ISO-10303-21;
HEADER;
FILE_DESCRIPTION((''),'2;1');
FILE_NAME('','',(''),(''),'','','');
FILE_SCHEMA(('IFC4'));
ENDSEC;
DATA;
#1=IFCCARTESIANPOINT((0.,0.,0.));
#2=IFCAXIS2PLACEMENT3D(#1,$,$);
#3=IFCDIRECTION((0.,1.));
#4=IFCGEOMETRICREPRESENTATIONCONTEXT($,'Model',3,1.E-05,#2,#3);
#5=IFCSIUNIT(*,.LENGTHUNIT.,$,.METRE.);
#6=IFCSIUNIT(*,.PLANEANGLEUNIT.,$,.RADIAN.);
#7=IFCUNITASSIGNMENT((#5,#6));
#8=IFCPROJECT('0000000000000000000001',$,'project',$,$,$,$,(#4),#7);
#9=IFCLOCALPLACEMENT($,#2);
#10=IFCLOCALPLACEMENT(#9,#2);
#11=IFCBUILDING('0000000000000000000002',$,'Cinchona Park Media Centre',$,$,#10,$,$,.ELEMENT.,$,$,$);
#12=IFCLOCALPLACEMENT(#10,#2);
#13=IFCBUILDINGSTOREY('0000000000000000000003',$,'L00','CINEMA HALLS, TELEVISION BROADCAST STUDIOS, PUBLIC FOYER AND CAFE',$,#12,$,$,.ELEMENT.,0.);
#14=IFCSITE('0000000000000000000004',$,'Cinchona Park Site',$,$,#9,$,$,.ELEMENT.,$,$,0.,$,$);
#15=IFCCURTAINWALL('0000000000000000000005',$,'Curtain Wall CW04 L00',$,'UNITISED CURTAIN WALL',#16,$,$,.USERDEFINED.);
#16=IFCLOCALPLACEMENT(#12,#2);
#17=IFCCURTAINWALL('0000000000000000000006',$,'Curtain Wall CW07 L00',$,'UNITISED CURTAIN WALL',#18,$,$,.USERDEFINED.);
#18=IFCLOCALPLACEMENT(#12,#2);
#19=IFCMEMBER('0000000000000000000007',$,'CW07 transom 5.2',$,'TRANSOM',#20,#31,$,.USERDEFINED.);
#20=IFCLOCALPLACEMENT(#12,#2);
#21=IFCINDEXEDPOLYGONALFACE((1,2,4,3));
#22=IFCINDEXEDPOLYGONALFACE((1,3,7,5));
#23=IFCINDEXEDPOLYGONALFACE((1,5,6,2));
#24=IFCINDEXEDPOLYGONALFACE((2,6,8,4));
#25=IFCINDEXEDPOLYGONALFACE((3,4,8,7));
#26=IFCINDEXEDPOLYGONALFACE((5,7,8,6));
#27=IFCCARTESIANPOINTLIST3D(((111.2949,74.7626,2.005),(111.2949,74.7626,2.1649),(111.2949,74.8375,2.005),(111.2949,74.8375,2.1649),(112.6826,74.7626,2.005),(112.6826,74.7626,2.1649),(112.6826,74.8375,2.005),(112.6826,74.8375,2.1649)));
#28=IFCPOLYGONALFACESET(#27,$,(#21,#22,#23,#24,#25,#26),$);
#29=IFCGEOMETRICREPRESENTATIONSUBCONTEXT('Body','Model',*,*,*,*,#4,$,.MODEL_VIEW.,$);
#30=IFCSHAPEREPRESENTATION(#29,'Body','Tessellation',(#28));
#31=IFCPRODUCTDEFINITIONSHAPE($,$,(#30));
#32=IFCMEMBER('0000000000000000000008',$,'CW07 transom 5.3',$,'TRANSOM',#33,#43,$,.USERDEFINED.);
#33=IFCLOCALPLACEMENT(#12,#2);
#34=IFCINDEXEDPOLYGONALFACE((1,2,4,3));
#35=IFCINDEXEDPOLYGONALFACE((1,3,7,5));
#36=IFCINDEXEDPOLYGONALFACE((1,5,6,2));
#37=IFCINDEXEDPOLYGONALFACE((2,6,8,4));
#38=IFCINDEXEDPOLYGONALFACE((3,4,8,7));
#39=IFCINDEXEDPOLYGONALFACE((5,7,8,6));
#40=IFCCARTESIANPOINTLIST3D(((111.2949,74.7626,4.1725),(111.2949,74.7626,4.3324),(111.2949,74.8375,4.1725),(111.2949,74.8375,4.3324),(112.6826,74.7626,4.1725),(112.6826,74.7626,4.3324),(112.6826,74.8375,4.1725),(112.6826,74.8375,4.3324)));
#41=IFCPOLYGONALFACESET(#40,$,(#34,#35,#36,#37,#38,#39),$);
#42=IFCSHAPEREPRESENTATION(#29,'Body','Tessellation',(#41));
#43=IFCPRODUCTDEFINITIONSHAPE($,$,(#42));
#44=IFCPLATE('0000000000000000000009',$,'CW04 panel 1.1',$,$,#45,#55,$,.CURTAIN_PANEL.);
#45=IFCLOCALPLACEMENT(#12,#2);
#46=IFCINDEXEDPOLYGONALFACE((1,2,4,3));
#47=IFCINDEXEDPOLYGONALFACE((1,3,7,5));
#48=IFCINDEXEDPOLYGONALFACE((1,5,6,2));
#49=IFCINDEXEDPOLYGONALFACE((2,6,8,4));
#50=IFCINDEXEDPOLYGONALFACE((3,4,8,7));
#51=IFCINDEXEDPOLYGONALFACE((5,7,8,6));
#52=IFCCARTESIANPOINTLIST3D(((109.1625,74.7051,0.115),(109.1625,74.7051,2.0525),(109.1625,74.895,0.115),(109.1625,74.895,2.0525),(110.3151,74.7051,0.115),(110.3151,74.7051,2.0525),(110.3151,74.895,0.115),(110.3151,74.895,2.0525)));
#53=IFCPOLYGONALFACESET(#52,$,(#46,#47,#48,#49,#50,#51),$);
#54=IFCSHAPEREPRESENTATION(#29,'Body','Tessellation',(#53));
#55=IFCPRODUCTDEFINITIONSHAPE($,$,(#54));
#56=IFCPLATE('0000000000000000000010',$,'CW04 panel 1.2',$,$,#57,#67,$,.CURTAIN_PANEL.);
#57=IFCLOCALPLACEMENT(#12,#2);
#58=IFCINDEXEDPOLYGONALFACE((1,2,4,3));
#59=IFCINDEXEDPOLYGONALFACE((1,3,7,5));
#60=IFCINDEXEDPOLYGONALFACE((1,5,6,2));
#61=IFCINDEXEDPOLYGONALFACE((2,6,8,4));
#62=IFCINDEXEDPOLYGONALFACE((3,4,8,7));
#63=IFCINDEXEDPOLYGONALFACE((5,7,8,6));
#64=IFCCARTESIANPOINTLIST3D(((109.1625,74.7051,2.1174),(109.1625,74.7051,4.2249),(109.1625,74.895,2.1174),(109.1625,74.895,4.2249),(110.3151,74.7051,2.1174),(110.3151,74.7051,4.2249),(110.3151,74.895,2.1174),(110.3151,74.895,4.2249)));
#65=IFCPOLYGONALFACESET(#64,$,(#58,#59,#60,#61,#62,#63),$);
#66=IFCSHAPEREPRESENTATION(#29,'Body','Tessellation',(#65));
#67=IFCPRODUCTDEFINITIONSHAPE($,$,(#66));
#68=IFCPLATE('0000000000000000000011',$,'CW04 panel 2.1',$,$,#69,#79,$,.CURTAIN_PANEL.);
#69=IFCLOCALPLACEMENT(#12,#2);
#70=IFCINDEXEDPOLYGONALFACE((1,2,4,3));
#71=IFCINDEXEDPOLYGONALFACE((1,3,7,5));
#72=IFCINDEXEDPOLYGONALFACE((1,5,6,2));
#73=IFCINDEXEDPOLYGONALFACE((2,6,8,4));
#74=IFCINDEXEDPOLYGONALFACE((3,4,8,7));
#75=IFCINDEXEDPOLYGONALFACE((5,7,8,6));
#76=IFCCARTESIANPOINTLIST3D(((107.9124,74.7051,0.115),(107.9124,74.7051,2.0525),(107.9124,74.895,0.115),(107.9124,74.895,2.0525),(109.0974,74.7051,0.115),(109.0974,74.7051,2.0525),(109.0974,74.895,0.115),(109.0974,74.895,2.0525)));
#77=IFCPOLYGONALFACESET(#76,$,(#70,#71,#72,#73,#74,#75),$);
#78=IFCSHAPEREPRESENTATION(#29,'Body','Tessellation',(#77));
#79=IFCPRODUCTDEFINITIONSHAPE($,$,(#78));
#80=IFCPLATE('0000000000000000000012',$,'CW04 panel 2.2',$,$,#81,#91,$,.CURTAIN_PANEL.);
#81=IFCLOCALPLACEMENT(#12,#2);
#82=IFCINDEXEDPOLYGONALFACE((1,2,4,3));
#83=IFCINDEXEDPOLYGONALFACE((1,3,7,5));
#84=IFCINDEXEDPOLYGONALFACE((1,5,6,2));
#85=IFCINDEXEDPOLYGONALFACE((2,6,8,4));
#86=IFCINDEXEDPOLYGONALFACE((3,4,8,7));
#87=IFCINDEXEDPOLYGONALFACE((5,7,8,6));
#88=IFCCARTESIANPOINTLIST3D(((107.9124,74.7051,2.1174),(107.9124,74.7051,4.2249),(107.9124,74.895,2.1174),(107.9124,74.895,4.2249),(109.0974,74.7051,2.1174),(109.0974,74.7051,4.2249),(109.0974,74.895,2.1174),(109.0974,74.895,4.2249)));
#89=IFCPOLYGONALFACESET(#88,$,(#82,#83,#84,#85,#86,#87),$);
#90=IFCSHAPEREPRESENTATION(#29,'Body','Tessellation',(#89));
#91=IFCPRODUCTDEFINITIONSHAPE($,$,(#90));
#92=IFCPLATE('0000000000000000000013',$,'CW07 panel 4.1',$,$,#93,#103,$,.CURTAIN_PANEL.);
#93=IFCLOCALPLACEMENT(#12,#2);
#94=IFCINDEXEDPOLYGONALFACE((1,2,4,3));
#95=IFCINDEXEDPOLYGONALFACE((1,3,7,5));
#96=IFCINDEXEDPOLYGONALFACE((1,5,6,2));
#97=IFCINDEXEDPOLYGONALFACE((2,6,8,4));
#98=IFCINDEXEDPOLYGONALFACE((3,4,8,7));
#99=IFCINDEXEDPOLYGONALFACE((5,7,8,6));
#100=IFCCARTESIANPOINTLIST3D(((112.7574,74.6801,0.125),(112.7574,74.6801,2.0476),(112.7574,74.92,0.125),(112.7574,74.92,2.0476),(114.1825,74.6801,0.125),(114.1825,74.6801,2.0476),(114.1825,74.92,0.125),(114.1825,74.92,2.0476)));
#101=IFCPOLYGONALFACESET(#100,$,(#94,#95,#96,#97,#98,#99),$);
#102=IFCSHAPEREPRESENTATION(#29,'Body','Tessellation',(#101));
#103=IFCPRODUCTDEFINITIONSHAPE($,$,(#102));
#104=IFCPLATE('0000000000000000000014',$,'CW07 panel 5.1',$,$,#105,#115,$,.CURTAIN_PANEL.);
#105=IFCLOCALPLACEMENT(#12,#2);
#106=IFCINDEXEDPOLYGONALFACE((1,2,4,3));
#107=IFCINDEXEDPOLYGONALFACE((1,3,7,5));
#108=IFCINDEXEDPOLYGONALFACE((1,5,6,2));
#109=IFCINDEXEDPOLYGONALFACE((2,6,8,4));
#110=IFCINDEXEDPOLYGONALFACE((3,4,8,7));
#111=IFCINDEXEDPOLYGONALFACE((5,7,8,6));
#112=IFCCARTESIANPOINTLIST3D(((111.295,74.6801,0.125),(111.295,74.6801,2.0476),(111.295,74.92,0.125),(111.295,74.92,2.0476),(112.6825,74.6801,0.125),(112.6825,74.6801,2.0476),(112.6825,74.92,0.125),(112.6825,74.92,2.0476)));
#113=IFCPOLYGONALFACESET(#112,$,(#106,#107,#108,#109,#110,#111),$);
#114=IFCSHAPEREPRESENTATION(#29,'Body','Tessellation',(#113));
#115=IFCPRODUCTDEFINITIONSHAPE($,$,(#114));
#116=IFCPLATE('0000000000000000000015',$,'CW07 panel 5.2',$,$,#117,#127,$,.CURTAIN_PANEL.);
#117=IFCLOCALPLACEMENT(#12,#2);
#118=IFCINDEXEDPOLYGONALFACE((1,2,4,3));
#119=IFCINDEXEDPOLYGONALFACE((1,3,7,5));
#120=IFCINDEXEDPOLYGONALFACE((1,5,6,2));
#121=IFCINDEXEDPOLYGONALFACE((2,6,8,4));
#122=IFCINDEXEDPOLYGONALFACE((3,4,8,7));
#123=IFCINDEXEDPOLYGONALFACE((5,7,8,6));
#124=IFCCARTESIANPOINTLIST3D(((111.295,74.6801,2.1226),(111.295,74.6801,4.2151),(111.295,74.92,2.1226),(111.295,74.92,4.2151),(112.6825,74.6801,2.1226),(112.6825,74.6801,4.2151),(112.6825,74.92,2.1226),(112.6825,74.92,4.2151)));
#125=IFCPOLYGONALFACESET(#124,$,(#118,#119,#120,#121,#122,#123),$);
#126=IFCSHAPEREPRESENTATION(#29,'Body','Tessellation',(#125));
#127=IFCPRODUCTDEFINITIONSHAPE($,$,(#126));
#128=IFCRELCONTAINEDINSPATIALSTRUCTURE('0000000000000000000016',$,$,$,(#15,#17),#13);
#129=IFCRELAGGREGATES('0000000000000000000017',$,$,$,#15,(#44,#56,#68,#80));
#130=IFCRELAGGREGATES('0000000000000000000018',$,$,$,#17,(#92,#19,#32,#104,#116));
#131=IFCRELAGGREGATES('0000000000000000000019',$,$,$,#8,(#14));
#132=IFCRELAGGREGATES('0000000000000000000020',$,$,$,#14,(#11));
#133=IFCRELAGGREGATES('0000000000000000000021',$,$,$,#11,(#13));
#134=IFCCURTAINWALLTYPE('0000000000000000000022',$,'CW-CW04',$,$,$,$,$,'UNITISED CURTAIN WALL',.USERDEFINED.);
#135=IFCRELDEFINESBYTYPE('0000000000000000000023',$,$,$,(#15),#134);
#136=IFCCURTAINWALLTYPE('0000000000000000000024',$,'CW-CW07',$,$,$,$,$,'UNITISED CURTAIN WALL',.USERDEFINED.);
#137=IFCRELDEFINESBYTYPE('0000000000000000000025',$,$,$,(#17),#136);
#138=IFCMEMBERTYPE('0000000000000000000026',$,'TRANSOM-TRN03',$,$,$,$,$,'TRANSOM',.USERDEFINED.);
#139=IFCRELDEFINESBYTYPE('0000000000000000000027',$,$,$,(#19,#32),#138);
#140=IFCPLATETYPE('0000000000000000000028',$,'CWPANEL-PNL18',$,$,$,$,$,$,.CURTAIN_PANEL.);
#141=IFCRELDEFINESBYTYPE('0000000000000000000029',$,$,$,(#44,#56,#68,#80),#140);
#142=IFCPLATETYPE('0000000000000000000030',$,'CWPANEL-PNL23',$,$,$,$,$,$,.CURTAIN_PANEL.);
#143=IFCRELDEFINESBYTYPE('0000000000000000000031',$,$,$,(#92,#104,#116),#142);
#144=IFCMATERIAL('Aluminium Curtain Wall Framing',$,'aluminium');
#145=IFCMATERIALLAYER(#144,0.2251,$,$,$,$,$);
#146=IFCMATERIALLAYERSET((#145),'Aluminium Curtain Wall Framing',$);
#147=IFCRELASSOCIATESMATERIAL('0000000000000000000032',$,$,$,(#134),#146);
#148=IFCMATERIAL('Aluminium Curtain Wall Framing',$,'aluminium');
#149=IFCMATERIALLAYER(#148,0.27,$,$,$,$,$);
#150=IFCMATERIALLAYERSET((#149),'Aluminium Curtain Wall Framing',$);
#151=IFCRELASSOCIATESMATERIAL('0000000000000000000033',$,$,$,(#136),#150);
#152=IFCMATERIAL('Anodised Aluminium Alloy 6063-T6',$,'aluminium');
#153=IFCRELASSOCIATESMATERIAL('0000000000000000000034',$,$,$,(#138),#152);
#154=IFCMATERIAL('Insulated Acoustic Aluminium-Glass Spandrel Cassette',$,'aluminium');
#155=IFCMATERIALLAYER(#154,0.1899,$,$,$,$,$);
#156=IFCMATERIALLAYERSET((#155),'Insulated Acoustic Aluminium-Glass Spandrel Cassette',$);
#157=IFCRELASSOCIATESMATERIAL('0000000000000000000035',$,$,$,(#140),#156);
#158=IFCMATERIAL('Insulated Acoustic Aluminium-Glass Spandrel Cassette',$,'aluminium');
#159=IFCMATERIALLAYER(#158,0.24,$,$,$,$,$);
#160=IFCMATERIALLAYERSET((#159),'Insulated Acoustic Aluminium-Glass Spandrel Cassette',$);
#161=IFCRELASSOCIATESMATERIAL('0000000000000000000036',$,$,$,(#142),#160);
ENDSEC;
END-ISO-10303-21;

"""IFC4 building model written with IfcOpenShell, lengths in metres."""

from ifc_helpers import new_model, si_unit, direction, frame, origin, origin_2d, place, context, subcontext, project, spatial, rectangle, extrude, material, layer, layer_set, material_profile, profile_set, type_object, element, aggregate, save


model = new_model("IFC4")

# Units and contexts
model_context = context("Model", 3, precision=1e-05, world=origin(), true_north=direction((0.0, 1.0)))
body_context = subcontext(model_context, "Body", "Model", "MODEL_VIEW")
ifc_project = project(units=[si_unit("LENGTHUNIT", "METRE"), si_unit("PLANEANGLEUNIT", "RADIAN")], contexts=[model_context])

# Site, building, storey
site_placement = place(None, origin())
site = spatial("IfcSite", under=ifc_project, at=site_placement, Name="Cinchona Park Site", CompositionType="ELEMENT", RefElevation=0.0)
building_placement = place(site_placement, origin())
building = spatial("IfcBuilding", under=site, at=building_placement, Name="Cinchona Park Media Centre", CompositionType="ELEMENT")
storey_placement = place(building_placement, origin())
storey = spatial("IfcBuildingStorey", under=building, at=storey_placement, Name="L00", Description="CINEMA HALLS, TELEVISION BROADCAST STUDIOS, PUBLIC FOYER AND CAFE", CompositionType="ELEMENT", Elevation=0.0)

# Curtain walls
ifc_material_1 = material(Name="Aluminium Curtain Wall Framing", Category="aluminium")
ifc_layer_1 = layer(ifc_material_1, 0.2251)
ifc_layer_set_1 = layer_set([ifc_layer_1], Name="Aluminium Curtain Wall Framing")
curtain_wall_type_1 = type_object("IfcCurtainWallType", Name="CW-CW04", ElementType="UNITISED CURTAIN WALL", PredefinedType="USERDEFINED", material=ifc_layer_set_1)
curtain_wall_1_placement = place(storey_placement, origin())
curtain_wall_1 = element("IfcCurtainWall", 1, at=curtain_wall_1_placement, inside=storey, type_object=curtain_wall_type_1, Name="Curtain Wall CW04 L00", ObjectType="UNITISED CURTAIN WALL", PredefinedType="USERDEFINED")
ifc_material_2 = material(Name="Aluminium Curtain Wall Framing", Category="aluminium")
ifc_layer_2 = layer(ifc_material_2, 0.27)
ifc_layer_set_2 = layer_set([ifc_layer_2], Name="Aluminium Curtain Wall Framing")
curtain_wall_type_2 = type_object("IfcCurtainWallType", Name="CW-CW07", ElementType="UNITISED CURTAIN WALL", PredefinedType="USERDEFINED", material=ifc_layer_set_2)
curtain_wall_2_placement = place(storey_placement, origin())
curtain_wall_2 = element("IfcCurtainWall", 2, at=curtain_wall_2_placement, inside=storey, type_object=curtain_wall_type_2, Name="Curtain Wall CW07 L00", ObjectType="UNITISED CURTAIN WALL", PredefinedType="USERDEFINED")

# Members
ifc_material_3 = material(Name="Anodised Aluminium Alloy 6063-T6", Category="aluminium")
ifc_material_profile_1 = material_profile(ifc_material_3, rectangle(XDim=0.075, YDim=0.1599, at=origin_2d()), Name="TRN-75X160")
ifc_profile_set_1 = profile_set([ifc_material_profile_1], Name="Anodised Aluminium Alloy 6063-T6")
member_type_1 = type_object("IfcMemberType", Name="TRANSOM-TRN03", ElementType="TRANSOM", PredefinedType="USERDEFINED", material=ifc_profile_set_1)
member_1_placement = place(storey_placement, frame((112.6826, 74.8, 2.085), z_axis=(-1.0, 0.0, 0.0), x_axis=(0.0, -1.0, 0.0)))
member_1 = element("IfcMember", 3, at=member_1_placement, type_object=member_type_1, Name="CW07 transom 5.2", ObjectType="TRANSOM", PredefinedType="USERDEFINED", context=body_context, shape_type="SweptSolid", body=[
    extrude(rectangle(XDim=0.075, YDim=0.1599, at=origin_2d()), origin(), (0.0, 0.0, 1.0), 1.3877),
])
member_2_placement = place(storey_placement, frame((112.6826, 74.8, 4.2524), z_axis=(-1.0, 0.0, 0.0), x_axis=(0.0, -1.0, 0.0)))
member_2 = element("IfcMember", 4, at=member_2_placement, type_object=member_type_1, Name="CW07 transom 5.3", ObjectType="TRANSOM", PredefinedType="USERDEFINED", context=body_context, shape_type="SweptSolid", body=[
    extrude(rectangle(XDim=0.075, YDim=0.1599, at=origin_2d()), origin(), (0.0, 0.0, 1.0), 1.3877),
])

# Plates
ifc_material_4 = material(Name="Insulated Acoustic Aluminium-Glass Spandrel Cassette", Category="aluminium")
ifc_layer_3 = layer(ifc_material_4, 0.1899)
ifc_layer_set_3 = layer_set([ifc_layer_3], Name="Insulated Acoustic Aluminium-Glass Spandrel Cassette")
plate_type_1 = type_object("IfcPlateType", Name="CWPANEL-PNL18", PredefinedType="CURTAIN_PANEL", material=ifc_layer_set_3)
plate_1_placement = place(storey_placement, frame((109.7388, 74.8, 0.115), z_axis=(0.0, 0.0, 1.0), x_axis=(-1.0, 0.0, 0.0)))
plate_1 = element("IfcPlate", 5, at=plate_1_placement, type_object=plate_type_1, Name="CW04 panel 1.1", PredefinedType="CURTAIN_PANEL", context=body_context, shape_type="SweptSolid", body=[
    extrude(rectangle(XDim=1.1526, YDim=0.1899, at=origin_2d()), origin(), (0.0, 0.0, 1.0), 1.9375),
])
plate_2_placement = place(storey_placement, frame((109.7388, 74.8, 2.1174), z_axis=(0.0, 0.0, 1.0), x_axis=(-1.0, 0.0, 0.0)))
plate_2 = element("IfcPlate", 6, at=plate_2_placement, type_object=plate_type_1, Name="CW04 panel 1.2", PredefinedType="CURTAIN_PANEL", context=body_context, shape_type="SweptSolid", body=[
    extrude(rectangle(XDim=1.1526, YDim=0.1899, at=origin_2d()), origin(), (0.0, 0.0, 1.0), 2.1074),
])
plate_3_placement = place(storey_placement, frame((108.5049, 74.8, 0.115), z_axis=(0.0, 0.0, 1.0), x_axis=(-1.0, 0.0, 0.0)))
plate_3 = element("IfcPlate", 7, at=plate_3_placement, type_object=plate_type_1, Name="CW04 panel 2.1", PredefinedType="CURTAIN_PANEL", context=body_context, shape_type="SweptSolid", body=[
    extrude(rectangle(XDim=1.1851, YDim=0.1899, at=origin_2d()), origin(), (0.0, 0.0, 1.0), 1.9375),
])
plate_4_placement = place(storey_placement, frame((108.5049, 74.8, 2.1174), z_axis=(0.0, 0.0, 1.0), x_axis=(-1.0, 0.0, 0.0)))
plate_4 = element("IfcPlate", 8, at=plate_4_placement, type_object=plate_type_1, Name="CW04 panel 2.2", PredefinedType="CURTAIN_PANEL", context=body_context, shape_type="SweptSolid", body=[
    extrude(rectangle(XDim=1.1851, YDim=0.1899, at=origin_2d()), origin(), (0.0, 0.0, 1.0), 2.1074),
])
aggregate(curtain_wall_1, [plate_1, plate_2, plate_3, plate_4])
ifc_material_5 = material(Name="Insulated Acoustic Aluminium-Glass Spandrel Cassette", Category="aluminium")
ifc_layer_4 = layer(ifc_material_5, 0.24)
ifc_layer_set_4 = layer_set([ifc_layer_4], Name="Insulated Acoustic Aluminium-Glass Spandrel Cassette")
plate_type_2 = type_object("IfcPlateType", Name="CWPANEL-PNL23", PredefinedType="CURTAIN_PANEL", material=ifc_layer_set_4)
plate_5_placement = place(storey_placement, frame((113.47, 74.8, 0.125), z_axis=(0.0, 0.0, 1.0), x_axis=(-1.0, 0.0, 0.0)))
plate_5 = element("IfcPlate", 9, at=plate_5_placement, type_object=plate_type_2, Name="CW07 panel 4.1", PredefinedType="CURTAIN_PANEL", context=body_context, shape_type="SweptSolid", body=[
    extrude(rectangle(XDim=1.425, YDim=0.24, at=origin_2d()), origin(), (0.0, 0.0, 1.0), 1.9226),
])
plate_6_placement = place(storey_placement, frame((111.9888, 74.8, 0.125), z_axis=(0.0, 0.0, 1.0), x_axis=(-1.0, 0.0, 0.0)))
plate_6 = element("IfcPlate", 10, at=plate_6_placement, type_object=plate_type_2, Name="CW07 panel 5.1", PredefinedType="CURTAIN_PANEL", context=body_context, shape_type="SweptSolid", body=[
    extrude(rectangle(XDim=1.3875, YDim=0.24, at=origin_2d()), origin(), (0.0, 0.0, 1.0), 1.9226),
])
plate_7_placement = place(storey_placement, frame((111.9888, 74.8, 2.1226), z_axis=(0.0, 0.0, 1.0), x_axis=(-1.0, 0.0, 0.0)))
plate_7 = element("IfcPlate", 11, at=plate_7_placement, type_object=plate_type_2, Name="CW07 panel 5.2", PredefinedType="CURTAIN_PANEL", context=body_context, shape_type="SweptSolid", body=[
    extrude(rectangle(XDim=1.3875, YDim=0.24, at=origin_2d()), origin(), (0.0, 0.0, 1.0), 2.0925),
])
aggregate(curtain_wall_2, [plate_5, member_1, member_2, plate_6, plate_7])

save(model, "model.ifc")
